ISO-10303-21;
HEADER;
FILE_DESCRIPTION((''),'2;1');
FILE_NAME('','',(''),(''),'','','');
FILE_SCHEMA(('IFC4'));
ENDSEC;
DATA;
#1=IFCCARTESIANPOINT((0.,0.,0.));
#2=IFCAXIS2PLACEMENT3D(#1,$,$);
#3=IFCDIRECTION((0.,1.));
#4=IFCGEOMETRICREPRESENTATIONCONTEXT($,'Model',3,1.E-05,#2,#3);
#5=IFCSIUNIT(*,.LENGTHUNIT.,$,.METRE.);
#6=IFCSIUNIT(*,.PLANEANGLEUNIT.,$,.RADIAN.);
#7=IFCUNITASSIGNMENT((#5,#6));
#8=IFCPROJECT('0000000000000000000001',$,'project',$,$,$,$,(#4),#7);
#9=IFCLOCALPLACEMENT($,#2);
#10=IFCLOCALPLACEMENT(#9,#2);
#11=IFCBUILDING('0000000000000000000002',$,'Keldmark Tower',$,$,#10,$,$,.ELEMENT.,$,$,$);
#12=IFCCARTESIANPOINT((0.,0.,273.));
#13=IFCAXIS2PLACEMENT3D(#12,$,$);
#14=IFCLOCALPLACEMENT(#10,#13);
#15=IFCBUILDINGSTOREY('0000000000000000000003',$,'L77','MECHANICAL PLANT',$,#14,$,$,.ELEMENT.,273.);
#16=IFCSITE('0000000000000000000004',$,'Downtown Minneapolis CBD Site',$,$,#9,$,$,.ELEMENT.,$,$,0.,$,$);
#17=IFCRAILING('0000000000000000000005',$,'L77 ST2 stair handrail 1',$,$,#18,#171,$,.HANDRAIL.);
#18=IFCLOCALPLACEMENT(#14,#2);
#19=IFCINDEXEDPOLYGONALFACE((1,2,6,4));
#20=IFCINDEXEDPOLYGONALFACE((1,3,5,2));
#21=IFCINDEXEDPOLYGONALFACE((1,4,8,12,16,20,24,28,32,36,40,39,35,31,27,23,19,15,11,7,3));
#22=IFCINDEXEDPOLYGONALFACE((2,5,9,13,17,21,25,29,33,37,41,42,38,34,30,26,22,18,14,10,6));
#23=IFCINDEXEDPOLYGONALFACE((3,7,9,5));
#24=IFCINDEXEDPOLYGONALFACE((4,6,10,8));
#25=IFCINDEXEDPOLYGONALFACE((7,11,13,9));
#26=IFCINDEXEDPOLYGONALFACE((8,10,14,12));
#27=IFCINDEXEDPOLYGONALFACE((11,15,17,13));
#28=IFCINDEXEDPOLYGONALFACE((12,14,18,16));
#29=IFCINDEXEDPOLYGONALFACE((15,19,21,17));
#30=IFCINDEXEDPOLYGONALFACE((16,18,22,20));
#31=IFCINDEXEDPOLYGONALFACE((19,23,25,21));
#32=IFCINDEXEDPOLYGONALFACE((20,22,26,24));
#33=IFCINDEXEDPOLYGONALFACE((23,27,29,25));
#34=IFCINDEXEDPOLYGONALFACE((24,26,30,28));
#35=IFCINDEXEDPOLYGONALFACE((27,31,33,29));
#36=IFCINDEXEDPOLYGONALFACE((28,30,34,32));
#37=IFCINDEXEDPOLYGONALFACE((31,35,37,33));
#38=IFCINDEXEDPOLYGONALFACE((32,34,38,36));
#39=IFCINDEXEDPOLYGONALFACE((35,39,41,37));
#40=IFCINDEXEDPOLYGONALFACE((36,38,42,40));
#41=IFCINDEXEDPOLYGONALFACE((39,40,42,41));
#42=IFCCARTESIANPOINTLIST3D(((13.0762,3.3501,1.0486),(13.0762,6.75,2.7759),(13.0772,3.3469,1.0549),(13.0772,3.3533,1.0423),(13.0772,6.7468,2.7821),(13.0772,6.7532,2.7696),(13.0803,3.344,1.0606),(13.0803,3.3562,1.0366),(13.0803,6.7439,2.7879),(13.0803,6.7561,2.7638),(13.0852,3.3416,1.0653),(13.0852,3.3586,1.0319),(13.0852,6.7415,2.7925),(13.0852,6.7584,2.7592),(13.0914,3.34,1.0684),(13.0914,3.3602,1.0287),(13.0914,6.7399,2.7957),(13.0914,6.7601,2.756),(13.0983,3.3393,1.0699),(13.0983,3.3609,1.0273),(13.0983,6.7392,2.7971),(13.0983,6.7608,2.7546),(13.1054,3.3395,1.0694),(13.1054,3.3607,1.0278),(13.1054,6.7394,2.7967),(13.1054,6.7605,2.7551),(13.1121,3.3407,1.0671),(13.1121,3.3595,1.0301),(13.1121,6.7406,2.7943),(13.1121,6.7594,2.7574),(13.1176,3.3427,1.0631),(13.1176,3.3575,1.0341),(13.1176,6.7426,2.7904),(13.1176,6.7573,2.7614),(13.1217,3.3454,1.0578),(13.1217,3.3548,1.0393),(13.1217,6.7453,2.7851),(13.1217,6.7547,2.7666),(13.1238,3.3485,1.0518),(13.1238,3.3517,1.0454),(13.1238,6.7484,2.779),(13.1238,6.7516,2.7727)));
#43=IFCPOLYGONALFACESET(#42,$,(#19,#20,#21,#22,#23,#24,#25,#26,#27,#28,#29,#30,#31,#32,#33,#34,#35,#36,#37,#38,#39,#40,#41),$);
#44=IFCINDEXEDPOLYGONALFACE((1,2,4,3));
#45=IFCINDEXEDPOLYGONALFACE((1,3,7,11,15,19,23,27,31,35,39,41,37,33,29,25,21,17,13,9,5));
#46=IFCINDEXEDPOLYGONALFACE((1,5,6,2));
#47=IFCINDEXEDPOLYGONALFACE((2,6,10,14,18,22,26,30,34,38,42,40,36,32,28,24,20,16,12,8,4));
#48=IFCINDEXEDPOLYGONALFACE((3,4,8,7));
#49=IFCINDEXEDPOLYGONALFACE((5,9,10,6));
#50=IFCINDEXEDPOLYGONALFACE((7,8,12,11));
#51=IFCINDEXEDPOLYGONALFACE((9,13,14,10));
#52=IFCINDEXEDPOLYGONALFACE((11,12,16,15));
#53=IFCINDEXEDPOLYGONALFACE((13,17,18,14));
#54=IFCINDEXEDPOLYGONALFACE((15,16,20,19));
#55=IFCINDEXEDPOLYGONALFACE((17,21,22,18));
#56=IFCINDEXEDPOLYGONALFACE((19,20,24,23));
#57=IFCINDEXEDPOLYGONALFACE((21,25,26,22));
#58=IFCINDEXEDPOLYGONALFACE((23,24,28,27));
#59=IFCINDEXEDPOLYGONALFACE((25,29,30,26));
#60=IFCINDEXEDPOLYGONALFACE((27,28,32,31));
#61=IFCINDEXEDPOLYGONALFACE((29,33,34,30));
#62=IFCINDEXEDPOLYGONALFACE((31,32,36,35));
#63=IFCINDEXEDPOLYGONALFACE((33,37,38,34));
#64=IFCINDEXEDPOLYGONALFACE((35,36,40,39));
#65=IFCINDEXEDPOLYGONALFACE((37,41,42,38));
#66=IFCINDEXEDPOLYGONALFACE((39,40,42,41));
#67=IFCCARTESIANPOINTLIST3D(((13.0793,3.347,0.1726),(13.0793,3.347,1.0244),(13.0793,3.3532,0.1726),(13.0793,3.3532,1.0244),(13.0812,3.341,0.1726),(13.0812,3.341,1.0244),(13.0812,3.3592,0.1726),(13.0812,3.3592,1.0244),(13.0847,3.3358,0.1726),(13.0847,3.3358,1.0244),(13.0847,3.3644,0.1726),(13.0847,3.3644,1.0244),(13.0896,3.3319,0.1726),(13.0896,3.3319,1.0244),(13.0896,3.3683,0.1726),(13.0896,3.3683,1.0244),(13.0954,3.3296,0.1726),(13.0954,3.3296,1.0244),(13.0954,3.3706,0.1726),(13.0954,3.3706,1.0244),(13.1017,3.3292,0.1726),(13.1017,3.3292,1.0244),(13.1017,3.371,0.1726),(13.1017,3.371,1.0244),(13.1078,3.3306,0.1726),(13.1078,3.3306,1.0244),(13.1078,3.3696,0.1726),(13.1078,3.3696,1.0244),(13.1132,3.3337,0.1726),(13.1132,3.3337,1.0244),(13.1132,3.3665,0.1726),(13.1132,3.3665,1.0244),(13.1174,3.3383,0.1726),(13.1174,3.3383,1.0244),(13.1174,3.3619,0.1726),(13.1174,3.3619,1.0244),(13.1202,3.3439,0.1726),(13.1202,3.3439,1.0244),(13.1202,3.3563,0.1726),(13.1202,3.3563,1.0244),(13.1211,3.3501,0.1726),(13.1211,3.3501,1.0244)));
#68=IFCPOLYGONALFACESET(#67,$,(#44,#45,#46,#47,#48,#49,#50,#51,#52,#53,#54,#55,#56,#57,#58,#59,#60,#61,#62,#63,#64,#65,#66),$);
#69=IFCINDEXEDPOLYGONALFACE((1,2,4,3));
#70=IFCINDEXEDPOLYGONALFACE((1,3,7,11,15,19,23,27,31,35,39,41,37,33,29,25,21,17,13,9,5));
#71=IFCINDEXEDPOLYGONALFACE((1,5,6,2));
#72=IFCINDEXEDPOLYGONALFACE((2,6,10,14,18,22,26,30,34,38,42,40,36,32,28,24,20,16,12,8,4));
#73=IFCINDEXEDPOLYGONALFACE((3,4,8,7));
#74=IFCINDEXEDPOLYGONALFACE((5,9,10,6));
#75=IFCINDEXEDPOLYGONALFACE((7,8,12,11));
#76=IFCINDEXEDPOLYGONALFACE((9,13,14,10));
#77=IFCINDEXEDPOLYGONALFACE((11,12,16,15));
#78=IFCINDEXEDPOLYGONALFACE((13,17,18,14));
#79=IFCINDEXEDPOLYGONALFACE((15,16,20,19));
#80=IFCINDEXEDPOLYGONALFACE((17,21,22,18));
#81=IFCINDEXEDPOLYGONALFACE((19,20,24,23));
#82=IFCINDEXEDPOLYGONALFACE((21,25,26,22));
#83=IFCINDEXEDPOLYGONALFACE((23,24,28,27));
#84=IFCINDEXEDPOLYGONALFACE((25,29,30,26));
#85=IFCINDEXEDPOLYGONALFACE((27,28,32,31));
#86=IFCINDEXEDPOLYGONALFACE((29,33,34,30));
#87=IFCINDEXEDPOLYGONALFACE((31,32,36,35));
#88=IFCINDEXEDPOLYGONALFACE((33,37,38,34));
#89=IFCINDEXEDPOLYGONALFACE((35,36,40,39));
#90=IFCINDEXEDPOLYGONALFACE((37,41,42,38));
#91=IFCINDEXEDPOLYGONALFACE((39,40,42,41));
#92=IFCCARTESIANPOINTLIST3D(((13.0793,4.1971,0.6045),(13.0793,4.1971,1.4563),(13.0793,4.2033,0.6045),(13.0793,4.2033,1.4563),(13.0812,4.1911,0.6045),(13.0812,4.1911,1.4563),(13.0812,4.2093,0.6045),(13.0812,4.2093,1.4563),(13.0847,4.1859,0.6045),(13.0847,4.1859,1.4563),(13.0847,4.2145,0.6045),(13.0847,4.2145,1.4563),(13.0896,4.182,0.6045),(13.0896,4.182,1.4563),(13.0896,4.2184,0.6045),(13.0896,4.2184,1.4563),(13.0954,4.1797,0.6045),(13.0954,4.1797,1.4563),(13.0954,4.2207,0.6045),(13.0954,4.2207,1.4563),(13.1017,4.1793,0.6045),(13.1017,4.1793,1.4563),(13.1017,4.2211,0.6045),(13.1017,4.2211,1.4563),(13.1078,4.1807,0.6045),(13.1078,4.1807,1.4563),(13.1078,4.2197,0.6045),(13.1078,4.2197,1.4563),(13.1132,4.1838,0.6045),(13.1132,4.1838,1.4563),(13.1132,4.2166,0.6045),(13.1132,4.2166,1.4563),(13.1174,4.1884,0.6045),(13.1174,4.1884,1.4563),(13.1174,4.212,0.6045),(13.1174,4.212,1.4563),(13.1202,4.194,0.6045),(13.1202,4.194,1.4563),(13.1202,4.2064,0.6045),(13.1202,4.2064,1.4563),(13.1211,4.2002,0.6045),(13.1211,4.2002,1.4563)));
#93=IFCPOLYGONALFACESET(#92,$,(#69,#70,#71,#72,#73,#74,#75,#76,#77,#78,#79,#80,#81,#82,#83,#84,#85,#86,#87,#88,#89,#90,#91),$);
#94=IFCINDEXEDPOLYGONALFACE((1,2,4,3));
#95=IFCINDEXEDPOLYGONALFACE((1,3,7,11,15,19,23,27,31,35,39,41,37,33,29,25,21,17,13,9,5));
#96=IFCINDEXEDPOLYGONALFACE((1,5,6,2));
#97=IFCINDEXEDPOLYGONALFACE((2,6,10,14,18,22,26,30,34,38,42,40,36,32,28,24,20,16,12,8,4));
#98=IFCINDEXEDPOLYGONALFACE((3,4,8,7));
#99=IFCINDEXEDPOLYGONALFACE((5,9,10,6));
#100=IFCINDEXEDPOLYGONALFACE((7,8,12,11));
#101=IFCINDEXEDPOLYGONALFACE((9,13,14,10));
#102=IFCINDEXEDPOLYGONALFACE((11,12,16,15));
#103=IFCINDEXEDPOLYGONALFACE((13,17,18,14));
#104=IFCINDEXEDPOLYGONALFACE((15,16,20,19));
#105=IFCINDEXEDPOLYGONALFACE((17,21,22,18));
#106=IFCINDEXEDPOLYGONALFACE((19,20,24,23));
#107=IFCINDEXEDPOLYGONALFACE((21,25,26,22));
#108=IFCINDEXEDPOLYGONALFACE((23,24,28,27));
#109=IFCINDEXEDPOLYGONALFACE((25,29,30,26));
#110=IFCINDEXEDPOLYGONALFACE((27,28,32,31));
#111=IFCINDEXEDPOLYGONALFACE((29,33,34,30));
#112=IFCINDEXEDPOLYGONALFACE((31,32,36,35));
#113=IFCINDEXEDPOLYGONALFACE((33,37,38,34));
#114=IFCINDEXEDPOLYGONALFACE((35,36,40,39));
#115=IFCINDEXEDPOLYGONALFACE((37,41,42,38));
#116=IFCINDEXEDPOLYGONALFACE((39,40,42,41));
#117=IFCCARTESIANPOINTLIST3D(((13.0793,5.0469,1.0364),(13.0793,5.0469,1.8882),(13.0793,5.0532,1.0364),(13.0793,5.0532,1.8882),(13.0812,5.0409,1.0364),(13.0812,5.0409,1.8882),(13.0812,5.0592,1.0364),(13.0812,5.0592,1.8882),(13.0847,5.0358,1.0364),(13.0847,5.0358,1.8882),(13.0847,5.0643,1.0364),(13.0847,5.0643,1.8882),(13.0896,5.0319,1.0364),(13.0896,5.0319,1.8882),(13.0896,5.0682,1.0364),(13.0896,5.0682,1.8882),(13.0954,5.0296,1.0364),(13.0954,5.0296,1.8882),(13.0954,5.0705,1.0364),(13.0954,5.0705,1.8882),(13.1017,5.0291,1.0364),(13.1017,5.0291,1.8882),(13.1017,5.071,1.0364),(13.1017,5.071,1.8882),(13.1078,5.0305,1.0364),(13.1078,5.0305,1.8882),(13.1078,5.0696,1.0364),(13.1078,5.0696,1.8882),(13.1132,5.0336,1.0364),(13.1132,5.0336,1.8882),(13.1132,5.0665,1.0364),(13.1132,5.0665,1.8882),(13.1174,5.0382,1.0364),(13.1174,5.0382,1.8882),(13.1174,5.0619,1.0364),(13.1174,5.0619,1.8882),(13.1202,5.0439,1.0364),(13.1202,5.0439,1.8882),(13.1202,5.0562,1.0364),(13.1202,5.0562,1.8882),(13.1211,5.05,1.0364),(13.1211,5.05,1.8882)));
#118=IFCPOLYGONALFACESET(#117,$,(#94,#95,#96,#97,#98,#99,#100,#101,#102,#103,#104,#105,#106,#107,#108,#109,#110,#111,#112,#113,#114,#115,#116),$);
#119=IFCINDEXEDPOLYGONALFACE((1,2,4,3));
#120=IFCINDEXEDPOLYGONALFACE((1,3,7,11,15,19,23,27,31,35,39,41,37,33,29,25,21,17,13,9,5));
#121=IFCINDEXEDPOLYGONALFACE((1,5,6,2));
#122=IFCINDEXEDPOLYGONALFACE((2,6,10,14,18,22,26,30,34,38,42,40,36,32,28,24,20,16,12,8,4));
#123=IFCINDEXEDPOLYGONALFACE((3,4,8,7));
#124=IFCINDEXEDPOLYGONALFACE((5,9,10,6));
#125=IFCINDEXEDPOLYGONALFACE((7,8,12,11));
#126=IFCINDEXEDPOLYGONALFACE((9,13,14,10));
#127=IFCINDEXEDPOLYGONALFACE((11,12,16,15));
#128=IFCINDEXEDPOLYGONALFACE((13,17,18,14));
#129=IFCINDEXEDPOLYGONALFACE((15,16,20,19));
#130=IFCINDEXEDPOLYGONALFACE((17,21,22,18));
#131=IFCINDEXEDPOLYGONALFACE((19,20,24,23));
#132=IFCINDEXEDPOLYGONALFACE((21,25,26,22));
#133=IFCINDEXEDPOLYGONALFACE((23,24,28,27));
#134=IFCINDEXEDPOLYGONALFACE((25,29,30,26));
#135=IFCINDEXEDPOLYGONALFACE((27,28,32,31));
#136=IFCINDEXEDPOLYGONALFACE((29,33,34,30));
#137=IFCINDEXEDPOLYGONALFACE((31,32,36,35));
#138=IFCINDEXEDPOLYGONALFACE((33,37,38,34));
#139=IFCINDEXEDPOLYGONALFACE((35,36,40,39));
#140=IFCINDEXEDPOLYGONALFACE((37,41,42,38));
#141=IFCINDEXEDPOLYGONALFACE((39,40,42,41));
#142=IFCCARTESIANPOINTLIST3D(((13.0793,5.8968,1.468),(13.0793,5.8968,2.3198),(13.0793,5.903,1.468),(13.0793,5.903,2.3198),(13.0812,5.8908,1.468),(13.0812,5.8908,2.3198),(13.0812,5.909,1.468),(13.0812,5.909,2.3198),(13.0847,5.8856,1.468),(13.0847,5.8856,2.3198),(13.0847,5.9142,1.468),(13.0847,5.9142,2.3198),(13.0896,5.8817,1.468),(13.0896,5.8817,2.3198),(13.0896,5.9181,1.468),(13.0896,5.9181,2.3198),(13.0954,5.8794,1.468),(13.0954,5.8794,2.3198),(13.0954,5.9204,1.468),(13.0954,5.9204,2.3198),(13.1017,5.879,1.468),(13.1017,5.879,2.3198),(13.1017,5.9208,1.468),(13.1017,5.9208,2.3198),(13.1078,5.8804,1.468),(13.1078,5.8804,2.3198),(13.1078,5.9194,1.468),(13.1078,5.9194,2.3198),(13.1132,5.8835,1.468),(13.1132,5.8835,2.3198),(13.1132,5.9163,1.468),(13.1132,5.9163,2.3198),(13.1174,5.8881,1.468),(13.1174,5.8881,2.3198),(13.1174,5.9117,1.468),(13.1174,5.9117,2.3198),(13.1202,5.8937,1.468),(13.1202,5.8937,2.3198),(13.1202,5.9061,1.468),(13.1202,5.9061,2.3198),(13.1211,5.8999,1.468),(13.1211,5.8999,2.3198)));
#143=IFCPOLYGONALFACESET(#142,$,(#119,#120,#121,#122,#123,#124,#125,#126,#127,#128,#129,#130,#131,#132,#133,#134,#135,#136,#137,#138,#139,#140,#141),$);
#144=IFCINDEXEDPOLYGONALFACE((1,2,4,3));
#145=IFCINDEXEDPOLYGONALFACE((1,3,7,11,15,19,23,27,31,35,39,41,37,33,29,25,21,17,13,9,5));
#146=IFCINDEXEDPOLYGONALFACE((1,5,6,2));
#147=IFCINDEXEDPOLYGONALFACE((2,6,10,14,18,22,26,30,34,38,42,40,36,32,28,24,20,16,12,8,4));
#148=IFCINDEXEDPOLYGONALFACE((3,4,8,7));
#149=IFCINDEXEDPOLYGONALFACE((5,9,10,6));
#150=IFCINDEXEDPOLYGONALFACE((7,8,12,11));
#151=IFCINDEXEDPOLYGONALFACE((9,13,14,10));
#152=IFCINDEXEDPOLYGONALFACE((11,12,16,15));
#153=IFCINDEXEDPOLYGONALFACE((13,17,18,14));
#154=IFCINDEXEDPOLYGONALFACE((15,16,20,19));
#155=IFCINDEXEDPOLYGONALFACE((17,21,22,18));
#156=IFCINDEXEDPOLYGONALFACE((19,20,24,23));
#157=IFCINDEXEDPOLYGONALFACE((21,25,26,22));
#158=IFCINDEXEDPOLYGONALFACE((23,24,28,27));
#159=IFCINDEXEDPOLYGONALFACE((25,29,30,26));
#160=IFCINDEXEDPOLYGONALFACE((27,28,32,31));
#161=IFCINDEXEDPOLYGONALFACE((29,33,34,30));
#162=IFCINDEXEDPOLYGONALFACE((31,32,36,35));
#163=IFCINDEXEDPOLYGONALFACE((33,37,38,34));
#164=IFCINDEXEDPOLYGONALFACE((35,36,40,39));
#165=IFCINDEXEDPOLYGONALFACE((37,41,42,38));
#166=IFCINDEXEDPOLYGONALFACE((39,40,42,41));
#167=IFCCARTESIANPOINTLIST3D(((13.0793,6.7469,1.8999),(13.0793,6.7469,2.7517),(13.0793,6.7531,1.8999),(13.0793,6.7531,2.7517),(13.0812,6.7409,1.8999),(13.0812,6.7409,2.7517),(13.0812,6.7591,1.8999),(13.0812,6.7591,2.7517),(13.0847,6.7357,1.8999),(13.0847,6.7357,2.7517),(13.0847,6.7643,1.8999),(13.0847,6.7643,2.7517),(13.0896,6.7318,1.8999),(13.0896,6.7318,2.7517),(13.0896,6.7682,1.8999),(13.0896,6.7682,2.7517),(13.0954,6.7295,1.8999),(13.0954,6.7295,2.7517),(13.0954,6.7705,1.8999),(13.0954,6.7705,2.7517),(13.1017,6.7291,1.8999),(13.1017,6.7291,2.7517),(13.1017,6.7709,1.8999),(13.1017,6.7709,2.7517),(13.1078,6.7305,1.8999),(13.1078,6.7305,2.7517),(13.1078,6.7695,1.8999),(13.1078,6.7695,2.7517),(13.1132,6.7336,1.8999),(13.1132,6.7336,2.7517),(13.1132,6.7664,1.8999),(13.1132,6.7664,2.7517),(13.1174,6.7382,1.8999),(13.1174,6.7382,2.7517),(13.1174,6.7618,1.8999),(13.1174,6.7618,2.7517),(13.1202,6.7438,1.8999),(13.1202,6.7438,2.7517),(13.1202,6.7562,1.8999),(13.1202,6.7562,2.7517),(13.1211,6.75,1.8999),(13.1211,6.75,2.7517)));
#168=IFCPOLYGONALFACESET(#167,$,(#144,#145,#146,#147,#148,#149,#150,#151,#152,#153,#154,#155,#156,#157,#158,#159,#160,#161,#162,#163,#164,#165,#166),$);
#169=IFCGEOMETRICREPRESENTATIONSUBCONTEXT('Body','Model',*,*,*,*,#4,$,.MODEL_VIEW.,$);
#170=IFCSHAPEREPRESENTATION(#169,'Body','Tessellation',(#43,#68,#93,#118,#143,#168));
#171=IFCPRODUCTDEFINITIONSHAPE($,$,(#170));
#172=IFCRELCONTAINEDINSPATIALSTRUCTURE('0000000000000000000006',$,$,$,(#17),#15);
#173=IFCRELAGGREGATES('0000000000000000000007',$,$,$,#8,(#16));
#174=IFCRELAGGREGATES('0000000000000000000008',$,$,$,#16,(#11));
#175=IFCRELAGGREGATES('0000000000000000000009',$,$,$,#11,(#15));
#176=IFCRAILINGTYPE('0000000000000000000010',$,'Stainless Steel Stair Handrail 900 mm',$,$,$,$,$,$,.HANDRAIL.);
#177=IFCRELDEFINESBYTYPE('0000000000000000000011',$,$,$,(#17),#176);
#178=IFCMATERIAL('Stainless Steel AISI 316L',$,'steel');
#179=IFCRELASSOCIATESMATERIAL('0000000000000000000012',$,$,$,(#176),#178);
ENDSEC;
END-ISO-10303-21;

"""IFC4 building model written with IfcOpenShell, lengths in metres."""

from ifc_helpers import new_model, si_unit, direction, frame, origin, origin_2d, place, context, subcontext, project, spatial, circle, extrude, material, type_object, element, save


model = new_model("IFC4")

# Units and contexts
model_context = context("Model", 3, precision=1e-05, world=origin(), true_north=direction((0.0, 1.0)))
body_context = subcontext(model_context, "Body", "Model", "MODEL_VIEW")
ifc_project = project(units=[si_unit("LENGTHUNIT", "METRE"), si_unit("PLANEANGLEUNIT", "RADIAN")], contexts=[model_context])

# Site, building, storey
site_placement = place(None, origin())
site = spatial("IfcSite", under=ifc_project, at=site_placement, Name="Downtown Minneapolis CBD Site", CompositionType="ELEMENT", RefElevation=0.0)
building_placement = place(site_placement, origin())
building = spatial("IfcBuilding", under=site, at=building_placement, Name="Keldmark Tower", CompositionType="ELEMENT")
storey_placement = place(building_placement, frame((0.0, 0.0, 273.0)))
storey = spatial("IfcBuildingStorey", under=building, at=storey_placement, Name="L77", Description="MECHANICAL PLANT", CompositionType="ELEMENT", Elevation=273.0)

# Railing
ifc_material_1 = material(Name="Stainless Steel AISI 316L", Category="steel")
railing_type_1 = type_object("IfcRailingType", Name="Stainless Steel Stair Handrail 900 mm", PredefinedType="HANDRAIL", material=ifc_material_1)
railing_1_placement = place(storey_placement, frame((13.1001, 3.3501, 0.1726)))
element("IfcRailing", 1, at=railing_1_placement, inside=storey, type_object=railing_type_1, Name="L77 ST2 stair handrail 1", PredefinedType="HANDRAIL", context=body_context, shape_type="SweptSolid", body=[
    extrude(circle(Radius=0.0239, at=origin_2d()), frame((0.0, 0.0, 0.876), z_axis=(0.0, 0.891541, 0.452941), x_axis=(-1.0, 0.0, 0.0)), (0.0, 0.0, 1.0), 3.8135),
    extrude(circle(Radius=0.021, at=origin_2d()), origin(), (0.0, 0.0, 1.0), 0.8518),
    extrude(circle(Radius=0.021, at=origin_2d()), frame((0.0, 0.8501, 0.4319)), (0.0, 0.0, 1.0), 0.8518),
    extrude(circle(Radius=0.021, at=origin_2d()), frame((0.0, 1.7, 0.8638)), (0.0, 0.0, 1.0), 0.8518),
    extrude(circle(Radius=0.021, at=origin_2d()), frame((0.0, 2.5498, 1.2954)), (0.0, 0.0, 1.0), 0.8518),
    extrude(circle(Radius=0.021, at=origin_2d()), frame((0.0, 3.3999, 1.7273)), (0.0, 0.0, 1.0), 0.8518),
])

save(model, "model.ifc")
